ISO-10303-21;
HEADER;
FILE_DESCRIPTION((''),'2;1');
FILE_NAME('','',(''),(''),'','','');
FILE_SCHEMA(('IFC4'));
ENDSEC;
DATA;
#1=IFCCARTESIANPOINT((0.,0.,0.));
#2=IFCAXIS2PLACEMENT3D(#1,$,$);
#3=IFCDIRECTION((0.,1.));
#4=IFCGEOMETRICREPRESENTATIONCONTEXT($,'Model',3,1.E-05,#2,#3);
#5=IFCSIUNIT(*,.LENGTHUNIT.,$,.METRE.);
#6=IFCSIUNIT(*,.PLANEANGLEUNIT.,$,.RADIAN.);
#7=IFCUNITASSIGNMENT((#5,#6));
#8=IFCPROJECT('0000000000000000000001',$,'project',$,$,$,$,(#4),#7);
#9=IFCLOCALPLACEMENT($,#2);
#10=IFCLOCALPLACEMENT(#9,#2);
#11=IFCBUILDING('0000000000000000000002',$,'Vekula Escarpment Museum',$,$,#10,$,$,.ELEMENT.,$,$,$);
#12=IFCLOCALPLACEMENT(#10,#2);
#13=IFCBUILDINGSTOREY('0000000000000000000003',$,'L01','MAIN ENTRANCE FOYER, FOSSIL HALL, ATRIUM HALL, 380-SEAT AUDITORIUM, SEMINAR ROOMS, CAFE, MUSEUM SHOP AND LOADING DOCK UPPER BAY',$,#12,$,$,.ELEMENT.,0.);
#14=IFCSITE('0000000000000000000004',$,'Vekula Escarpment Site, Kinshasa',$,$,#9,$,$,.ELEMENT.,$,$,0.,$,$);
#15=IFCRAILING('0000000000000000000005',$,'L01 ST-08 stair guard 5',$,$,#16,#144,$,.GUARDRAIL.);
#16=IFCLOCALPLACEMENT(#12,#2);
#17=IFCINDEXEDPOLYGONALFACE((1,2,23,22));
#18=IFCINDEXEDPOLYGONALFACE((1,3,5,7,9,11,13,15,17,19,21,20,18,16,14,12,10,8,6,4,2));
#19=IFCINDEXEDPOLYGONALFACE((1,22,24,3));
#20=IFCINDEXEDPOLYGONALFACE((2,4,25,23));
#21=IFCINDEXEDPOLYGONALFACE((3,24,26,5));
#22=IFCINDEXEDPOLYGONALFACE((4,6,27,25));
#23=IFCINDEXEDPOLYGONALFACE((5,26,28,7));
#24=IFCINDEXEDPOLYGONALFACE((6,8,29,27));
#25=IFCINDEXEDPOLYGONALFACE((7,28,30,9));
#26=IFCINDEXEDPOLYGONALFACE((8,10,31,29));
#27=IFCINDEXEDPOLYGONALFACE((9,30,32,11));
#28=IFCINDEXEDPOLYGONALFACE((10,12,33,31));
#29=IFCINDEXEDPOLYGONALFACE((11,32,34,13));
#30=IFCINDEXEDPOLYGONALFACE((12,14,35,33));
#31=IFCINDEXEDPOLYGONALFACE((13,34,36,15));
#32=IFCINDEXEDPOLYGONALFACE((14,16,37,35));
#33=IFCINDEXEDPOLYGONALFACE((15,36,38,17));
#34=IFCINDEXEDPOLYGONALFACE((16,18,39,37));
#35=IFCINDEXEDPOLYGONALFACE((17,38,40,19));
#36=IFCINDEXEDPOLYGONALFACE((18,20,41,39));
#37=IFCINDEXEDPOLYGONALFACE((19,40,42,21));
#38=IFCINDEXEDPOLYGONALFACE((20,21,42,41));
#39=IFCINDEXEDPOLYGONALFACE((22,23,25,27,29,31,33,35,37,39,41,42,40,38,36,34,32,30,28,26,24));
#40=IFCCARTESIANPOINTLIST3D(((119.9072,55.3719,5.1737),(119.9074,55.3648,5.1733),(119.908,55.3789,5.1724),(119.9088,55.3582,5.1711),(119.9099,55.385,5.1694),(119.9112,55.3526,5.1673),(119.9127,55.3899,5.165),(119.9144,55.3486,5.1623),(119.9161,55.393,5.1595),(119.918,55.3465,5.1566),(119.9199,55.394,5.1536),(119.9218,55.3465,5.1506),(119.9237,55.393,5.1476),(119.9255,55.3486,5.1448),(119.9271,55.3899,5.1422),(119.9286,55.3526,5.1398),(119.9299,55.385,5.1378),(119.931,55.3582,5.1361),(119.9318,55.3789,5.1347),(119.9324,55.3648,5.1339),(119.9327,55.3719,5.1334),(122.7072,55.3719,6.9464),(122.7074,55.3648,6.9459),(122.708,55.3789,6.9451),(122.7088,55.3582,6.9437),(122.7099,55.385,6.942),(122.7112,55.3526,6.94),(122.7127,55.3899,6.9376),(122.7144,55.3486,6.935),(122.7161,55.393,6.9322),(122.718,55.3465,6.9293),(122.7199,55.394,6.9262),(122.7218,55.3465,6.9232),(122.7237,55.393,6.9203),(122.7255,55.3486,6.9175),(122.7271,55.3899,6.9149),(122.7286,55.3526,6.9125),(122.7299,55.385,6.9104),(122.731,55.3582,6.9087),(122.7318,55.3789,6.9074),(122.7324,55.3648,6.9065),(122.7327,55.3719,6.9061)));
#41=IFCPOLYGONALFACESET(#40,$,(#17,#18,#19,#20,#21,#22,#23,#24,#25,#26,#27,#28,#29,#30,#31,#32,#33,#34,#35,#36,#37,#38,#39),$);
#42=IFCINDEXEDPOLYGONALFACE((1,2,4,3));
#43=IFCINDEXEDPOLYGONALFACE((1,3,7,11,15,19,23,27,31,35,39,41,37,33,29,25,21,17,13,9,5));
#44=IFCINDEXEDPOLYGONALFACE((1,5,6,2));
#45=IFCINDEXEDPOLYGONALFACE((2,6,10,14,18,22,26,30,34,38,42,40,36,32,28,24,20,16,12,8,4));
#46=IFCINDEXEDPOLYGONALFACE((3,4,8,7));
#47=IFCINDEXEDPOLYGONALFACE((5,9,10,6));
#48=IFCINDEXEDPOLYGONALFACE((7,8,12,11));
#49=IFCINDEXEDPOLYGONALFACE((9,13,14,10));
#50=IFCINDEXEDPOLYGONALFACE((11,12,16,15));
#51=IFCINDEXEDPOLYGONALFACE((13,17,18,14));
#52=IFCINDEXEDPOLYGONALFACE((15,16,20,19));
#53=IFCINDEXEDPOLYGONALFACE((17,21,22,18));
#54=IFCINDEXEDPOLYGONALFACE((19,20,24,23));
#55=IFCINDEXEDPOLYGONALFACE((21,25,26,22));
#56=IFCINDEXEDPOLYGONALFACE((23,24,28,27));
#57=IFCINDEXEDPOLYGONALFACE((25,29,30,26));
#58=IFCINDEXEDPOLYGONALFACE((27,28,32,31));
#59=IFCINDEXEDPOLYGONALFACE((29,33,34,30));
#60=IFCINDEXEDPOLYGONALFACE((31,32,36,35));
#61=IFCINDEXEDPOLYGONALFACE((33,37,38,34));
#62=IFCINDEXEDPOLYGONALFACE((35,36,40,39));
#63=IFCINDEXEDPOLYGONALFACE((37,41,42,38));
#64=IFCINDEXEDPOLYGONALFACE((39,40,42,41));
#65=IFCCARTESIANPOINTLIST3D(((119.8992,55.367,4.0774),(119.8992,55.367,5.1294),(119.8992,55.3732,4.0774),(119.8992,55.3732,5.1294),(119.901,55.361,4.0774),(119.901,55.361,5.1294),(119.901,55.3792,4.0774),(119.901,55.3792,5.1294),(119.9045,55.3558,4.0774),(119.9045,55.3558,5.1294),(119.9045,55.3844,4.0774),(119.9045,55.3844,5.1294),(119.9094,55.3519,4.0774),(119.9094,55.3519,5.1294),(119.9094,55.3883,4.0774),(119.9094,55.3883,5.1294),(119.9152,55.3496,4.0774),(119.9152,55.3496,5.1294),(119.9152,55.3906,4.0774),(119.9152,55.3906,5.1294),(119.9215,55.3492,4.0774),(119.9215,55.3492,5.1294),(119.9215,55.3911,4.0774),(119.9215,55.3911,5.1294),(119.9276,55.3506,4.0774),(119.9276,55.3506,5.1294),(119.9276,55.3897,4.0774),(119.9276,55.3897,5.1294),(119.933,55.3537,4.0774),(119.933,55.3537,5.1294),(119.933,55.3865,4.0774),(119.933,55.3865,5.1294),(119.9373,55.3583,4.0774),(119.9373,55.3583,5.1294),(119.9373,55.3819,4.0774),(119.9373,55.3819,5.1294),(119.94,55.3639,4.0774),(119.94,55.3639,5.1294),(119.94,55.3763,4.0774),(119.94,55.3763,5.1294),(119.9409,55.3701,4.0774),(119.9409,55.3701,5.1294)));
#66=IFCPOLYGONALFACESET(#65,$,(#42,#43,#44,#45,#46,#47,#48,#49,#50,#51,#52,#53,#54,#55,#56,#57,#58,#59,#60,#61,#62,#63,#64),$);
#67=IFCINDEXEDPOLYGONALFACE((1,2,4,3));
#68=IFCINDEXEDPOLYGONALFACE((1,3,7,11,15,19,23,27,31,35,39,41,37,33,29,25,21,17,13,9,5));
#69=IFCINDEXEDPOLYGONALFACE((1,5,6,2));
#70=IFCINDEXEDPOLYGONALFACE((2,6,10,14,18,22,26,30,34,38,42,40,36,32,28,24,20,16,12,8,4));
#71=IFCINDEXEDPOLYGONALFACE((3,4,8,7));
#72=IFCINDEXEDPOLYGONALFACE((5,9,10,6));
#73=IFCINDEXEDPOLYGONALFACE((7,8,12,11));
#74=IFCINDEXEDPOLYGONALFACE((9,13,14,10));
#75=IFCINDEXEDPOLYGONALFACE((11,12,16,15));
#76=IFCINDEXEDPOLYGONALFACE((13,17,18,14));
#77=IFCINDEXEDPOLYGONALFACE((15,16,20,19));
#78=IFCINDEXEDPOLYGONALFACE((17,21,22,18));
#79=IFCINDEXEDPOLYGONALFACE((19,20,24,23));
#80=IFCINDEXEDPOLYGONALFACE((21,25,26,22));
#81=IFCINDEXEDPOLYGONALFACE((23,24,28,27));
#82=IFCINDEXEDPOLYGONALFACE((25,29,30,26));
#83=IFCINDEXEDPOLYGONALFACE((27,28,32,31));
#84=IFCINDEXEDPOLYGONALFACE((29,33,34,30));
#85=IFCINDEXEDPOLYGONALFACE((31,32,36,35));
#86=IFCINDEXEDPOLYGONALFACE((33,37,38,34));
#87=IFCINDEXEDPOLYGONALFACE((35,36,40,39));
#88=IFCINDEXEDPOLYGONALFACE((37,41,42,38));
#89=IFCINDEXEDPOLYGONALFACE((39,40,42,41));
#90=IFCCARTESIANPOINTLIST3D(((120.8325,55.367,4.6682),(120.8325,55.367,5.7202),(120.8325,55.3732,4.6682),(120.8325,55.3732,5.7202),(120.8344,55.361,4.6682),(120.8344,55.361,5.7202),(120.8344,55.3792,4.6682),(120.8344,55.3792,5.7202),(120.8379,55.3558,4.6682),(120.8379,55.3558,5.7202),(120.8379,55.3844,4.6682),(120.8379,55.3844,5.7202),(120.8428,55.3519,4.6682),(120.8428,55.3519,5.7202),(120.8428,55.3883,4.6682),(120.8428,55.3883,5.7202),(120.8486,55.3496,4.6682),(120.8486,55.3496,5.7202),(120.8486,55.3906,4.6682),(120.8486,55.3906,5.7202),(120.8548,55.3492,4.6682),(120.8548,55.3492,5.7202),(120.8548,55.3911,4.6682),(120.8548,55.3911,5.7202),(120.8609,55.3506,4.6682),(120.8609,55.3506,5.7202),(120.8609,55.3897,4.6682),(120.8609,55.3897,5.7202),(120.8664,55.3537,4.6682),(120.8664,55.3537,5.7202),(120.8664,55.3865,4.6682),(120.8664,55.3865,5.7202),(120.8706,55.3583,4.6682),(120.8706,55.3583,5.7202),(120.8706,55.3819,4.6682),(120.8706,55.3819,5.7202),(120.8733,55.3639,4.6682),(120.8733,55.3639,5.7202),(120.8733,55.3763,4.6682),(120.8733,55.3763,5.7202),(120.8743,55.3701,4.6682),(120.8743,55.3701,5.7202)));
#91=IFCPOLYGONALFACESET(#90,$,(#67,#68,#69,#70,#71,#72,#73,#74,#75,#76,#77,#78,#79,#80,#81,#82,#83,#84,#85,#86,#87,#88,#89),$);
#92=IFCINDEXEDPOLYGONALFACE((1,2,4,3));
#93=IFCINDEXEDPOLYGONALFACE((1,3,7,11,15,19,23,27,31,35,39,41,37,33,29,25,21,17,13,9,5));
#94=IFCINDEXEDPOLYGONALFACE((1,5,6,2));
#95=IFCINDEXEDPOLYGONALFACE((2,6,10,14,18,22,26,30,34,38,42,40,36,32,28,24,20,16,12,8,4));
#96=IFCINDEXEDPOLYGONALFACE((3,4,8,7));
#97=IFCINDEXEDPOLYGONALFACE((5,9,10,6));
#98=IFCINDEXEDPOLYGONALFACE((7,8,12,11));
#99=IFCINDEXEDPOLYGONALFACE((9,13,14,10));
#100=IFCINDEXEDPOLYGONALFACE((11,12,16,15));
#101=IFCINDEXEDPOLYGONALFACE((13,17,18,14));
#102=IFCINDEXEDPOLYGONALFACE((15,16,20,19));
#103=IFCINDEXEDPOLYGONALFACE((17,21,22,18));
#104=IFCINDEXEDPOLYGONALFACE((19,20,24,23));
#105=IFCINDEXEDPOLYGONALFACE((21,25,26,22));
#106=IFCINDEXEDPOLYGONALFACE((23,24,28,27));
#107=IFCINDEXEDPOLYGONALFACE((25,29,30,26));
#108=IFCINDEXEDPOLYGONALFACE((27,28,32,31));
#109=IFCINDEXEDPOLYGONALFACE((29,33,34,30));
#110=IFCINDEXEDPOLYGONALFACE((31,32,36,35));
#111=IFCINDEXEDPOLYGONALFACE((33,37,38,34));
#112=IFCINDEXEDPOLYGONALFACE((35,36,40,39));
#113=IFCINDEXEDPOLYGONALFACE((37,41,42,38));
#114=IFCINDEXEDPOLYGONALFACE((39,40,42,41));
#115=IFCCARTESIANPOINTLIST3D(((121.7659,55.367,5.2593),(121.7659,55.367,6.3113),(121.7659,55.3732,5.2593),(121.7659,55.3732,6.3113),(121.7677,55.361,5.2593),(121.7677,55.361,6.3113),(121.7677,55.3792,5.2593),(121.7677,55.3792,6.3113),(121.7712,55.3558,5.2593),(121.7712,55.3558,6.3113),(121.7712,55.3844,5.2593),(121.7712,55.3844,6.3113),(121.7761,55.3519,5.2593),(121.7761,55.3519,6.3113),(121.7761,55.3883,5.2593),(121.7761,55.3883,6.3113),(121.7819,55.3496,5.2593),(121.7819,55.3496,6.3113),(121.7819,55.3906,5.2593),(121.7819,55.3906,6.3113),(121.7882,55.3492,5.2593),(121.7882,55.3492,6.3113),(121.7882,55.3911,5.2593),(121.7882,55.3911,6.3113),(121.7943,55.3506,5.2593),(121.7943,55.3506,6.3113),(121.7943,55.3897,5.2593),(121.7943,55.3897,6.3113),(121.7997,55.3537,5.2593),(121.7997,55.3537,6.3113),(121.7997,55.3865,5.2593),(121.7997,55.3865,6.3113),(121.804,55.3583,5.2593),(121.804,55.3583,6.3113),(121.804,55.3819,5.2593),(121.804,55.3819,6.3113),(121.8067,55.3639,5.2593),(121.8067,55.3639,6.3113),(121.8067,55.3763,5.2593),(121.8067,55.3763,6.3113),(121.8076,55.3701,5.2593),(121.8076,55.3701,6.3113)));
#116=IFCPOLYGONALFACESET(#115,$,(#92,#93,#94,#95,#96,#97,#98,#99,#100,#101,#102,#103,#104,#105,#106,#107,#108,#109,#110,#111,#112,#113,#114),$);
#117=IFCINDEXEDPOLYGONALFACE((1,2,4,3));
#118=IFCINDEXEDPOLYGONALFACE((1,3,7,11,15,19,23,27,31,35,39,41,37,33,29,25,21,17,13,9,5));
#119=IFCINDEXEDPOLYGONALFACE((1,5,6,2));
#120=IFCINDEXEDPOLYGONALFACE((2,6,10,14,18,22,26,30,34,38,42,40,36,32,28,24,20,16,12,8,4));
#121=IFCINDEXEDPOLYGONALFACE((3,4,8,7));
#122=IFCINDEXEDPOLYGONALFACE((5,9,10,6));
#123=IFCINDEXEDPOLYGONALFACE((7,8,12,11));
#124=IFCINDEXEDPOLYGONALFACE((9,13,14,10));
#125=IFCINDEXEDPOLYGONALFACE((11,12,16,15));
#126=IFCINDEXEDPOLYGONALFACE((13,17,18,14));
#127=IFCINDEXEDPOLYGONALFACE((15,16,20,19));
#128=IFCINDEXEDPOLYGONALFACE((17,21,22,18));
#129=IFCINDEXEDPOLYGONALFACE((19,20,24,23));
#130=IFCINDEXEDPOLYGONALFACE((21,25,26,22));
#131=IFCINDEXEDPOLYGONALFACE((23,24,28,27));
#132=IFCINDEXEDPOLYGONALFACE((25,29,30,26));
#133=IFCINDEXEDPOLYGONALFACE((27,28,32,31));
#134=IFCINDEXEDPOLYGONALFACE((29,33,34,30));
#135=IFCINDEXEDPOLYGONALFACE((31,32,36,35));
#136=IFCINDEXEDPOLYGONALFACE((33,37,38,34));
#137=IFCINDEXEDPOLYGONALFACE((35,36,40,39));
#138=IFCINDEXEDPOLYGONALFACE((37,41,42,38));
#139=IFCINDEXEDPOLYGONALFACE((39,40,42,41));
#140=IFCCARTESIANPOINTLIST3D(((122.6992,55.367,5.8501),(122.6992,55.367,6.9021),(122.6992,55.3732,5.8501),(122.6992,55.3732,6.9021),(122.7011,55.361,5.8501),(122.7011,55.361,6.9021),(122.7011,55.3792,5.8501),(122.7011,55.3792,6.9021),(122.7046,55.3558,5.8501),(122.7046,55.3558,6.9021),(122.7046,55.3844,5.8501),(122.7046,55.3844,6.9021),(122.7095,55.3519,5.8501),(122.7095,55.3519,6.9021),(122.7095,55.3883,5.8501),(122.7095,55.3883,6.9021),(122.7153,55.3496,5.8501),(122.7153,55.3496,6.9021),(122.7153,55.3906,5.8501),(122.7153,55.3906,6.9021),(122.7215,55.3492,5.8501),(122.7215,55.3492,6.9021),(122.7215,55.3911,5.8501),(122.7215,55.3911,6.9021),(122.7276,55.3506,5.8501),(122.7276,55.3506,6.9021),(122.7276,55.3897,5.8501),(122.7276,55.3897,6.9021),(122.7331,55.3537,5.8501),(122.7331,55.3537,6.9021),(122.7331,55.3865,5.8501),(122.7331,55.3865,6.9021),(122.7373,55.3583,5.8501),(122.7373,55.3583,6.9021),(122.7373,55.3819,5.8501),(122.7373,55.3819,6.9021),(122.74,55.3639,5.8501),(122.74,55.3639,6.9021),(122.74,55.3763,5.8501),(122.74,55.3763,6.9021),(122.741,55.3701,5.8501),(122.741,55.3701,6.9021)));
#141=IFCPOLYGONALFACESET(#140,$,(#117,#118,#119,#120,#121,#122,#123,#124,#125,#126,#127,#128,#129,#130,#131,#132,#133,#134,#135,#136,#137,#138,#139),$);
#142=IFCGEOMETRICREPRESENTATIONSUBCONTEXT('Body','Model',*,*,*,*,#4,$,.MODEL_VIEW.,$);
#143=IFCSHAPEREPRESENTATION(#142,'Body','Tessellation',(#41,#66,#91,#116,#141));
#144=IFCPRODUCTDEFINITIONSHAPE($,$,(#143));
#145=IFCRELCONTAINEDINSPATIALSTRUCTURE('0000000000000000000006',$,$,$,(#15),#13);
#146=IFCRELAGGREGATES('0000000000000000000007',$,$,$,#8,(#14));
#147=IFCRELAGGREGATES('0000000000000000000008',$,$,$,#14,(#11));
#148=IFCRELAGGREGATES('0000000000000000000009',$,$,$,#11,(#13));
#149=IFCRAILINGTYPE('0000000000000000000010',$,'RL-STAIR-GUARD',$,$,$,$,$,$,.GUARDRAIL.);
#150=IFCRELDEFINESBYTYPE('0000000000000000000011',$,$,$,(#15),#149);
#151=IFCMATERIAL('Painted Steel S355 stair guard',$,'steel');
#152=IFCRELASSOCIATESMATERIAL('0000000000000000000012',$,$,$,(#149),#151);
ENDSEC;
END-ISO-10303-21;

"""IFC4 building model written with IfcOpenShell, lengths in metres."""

from ifc_helpers import new_model, si_unit, direction, frame, origin, origin_2d, place, context, subcontext, project, spatial, circle, extrude, material, type_object, element, save


model = new_model("IFC4")

# Units and contexts
model_context = context("Model", 3, precision=1e-05, world=origin(), true_north=direction((0.0, 1.0)))
body_context = subcontext(model_context, "Body", "Model", "MODEL_VIEW")
ifc_project = project(units=[si_unit("LENGTHUNIT", "METRE"), si_unit("PLANEANGLEUNIT", "RADIAN")], contexts=[model_context])

# Site, building, storey
site_placement = place(None, origin())
site = spatial("IfcSite", under=ifc_project, at=site_placement, Name="Vekula Escarpment Site, Kinshasa", CompositionType="ELEMENT", RefElevation=0.0)
building_placement = place(site_placement, origin())
building = spatial("IfcBuilding", under=site, at=building_placement, Name="Vekula Escarpment Museum", CompositionType="ELEMENT")
storey_placement = place(building_placement, origin())
storey = spatial("IfcBuildingStorey", under=building, at=storey_placement, Name="L01", Description="MAIN ENTRANCE FOYER, FOSSIL HALL, ATRIUM HALL, 380-SEAT AUDITORIUM, SEMINAR ROOMS, CAFE, MUSEUM SHOP AND LOADING DOCK UPPER BAY", CompositionType="ELEMENT", Elevation=0.0)

# Railing
ifc_material_1 = material(Name="Painted Steel S355 stair guard", Category="steel")
railing_type_1 = type_object("IfcRailingType", Name="RL-STAIR-GUARD", PredefinedType="GUARDRAIL", material=ifc_material_1)
railing_1_placement = place(storey_placement, frame((119.9199, 55.3701, 4.0774)))
element("IfcRailing", 1, at=railing_1_placement, inside=storey, type_object=railing_type_1, Name="L01 ST-08 stair guard 5", PredefinedType="GUARDRAIL", context=body_context, shape_type="SweptSolid", body=[
    extrude(circle(Radius=0.0239, at=origin_2d()), frame((0.0, 0.0, 1.0762), z_axis=(0.844909, 0.0, 0.53491), x_axis=(0.0, 1.0, 0.0)), (0.0, 0.0, 1.0), 3.314),
    extrude(circle(Radius=0.021, at=origin_2d()), origin(), (0.0, 0.0, 1.0), 1.052),
    extrude(circle(Radius=0.021, at=origin_2d()), frame((0.9333, 0.0, 0.5908)), (0.0, 0.0, 1.0), 1.052),
    extrude(circle(Radius=0.021, at=origin_2d()), frame((1.8667, 0.0, 1.1819)), (0.0, 0.0, 1.0), 1.052),
    extrude(circle(Radius=0.021, at=origin_2d()), frame((2.8, 0.0, 1.7727)), (0.0, 0.0, 1.0), 1.052),
])

save(model, "model.ifc")
